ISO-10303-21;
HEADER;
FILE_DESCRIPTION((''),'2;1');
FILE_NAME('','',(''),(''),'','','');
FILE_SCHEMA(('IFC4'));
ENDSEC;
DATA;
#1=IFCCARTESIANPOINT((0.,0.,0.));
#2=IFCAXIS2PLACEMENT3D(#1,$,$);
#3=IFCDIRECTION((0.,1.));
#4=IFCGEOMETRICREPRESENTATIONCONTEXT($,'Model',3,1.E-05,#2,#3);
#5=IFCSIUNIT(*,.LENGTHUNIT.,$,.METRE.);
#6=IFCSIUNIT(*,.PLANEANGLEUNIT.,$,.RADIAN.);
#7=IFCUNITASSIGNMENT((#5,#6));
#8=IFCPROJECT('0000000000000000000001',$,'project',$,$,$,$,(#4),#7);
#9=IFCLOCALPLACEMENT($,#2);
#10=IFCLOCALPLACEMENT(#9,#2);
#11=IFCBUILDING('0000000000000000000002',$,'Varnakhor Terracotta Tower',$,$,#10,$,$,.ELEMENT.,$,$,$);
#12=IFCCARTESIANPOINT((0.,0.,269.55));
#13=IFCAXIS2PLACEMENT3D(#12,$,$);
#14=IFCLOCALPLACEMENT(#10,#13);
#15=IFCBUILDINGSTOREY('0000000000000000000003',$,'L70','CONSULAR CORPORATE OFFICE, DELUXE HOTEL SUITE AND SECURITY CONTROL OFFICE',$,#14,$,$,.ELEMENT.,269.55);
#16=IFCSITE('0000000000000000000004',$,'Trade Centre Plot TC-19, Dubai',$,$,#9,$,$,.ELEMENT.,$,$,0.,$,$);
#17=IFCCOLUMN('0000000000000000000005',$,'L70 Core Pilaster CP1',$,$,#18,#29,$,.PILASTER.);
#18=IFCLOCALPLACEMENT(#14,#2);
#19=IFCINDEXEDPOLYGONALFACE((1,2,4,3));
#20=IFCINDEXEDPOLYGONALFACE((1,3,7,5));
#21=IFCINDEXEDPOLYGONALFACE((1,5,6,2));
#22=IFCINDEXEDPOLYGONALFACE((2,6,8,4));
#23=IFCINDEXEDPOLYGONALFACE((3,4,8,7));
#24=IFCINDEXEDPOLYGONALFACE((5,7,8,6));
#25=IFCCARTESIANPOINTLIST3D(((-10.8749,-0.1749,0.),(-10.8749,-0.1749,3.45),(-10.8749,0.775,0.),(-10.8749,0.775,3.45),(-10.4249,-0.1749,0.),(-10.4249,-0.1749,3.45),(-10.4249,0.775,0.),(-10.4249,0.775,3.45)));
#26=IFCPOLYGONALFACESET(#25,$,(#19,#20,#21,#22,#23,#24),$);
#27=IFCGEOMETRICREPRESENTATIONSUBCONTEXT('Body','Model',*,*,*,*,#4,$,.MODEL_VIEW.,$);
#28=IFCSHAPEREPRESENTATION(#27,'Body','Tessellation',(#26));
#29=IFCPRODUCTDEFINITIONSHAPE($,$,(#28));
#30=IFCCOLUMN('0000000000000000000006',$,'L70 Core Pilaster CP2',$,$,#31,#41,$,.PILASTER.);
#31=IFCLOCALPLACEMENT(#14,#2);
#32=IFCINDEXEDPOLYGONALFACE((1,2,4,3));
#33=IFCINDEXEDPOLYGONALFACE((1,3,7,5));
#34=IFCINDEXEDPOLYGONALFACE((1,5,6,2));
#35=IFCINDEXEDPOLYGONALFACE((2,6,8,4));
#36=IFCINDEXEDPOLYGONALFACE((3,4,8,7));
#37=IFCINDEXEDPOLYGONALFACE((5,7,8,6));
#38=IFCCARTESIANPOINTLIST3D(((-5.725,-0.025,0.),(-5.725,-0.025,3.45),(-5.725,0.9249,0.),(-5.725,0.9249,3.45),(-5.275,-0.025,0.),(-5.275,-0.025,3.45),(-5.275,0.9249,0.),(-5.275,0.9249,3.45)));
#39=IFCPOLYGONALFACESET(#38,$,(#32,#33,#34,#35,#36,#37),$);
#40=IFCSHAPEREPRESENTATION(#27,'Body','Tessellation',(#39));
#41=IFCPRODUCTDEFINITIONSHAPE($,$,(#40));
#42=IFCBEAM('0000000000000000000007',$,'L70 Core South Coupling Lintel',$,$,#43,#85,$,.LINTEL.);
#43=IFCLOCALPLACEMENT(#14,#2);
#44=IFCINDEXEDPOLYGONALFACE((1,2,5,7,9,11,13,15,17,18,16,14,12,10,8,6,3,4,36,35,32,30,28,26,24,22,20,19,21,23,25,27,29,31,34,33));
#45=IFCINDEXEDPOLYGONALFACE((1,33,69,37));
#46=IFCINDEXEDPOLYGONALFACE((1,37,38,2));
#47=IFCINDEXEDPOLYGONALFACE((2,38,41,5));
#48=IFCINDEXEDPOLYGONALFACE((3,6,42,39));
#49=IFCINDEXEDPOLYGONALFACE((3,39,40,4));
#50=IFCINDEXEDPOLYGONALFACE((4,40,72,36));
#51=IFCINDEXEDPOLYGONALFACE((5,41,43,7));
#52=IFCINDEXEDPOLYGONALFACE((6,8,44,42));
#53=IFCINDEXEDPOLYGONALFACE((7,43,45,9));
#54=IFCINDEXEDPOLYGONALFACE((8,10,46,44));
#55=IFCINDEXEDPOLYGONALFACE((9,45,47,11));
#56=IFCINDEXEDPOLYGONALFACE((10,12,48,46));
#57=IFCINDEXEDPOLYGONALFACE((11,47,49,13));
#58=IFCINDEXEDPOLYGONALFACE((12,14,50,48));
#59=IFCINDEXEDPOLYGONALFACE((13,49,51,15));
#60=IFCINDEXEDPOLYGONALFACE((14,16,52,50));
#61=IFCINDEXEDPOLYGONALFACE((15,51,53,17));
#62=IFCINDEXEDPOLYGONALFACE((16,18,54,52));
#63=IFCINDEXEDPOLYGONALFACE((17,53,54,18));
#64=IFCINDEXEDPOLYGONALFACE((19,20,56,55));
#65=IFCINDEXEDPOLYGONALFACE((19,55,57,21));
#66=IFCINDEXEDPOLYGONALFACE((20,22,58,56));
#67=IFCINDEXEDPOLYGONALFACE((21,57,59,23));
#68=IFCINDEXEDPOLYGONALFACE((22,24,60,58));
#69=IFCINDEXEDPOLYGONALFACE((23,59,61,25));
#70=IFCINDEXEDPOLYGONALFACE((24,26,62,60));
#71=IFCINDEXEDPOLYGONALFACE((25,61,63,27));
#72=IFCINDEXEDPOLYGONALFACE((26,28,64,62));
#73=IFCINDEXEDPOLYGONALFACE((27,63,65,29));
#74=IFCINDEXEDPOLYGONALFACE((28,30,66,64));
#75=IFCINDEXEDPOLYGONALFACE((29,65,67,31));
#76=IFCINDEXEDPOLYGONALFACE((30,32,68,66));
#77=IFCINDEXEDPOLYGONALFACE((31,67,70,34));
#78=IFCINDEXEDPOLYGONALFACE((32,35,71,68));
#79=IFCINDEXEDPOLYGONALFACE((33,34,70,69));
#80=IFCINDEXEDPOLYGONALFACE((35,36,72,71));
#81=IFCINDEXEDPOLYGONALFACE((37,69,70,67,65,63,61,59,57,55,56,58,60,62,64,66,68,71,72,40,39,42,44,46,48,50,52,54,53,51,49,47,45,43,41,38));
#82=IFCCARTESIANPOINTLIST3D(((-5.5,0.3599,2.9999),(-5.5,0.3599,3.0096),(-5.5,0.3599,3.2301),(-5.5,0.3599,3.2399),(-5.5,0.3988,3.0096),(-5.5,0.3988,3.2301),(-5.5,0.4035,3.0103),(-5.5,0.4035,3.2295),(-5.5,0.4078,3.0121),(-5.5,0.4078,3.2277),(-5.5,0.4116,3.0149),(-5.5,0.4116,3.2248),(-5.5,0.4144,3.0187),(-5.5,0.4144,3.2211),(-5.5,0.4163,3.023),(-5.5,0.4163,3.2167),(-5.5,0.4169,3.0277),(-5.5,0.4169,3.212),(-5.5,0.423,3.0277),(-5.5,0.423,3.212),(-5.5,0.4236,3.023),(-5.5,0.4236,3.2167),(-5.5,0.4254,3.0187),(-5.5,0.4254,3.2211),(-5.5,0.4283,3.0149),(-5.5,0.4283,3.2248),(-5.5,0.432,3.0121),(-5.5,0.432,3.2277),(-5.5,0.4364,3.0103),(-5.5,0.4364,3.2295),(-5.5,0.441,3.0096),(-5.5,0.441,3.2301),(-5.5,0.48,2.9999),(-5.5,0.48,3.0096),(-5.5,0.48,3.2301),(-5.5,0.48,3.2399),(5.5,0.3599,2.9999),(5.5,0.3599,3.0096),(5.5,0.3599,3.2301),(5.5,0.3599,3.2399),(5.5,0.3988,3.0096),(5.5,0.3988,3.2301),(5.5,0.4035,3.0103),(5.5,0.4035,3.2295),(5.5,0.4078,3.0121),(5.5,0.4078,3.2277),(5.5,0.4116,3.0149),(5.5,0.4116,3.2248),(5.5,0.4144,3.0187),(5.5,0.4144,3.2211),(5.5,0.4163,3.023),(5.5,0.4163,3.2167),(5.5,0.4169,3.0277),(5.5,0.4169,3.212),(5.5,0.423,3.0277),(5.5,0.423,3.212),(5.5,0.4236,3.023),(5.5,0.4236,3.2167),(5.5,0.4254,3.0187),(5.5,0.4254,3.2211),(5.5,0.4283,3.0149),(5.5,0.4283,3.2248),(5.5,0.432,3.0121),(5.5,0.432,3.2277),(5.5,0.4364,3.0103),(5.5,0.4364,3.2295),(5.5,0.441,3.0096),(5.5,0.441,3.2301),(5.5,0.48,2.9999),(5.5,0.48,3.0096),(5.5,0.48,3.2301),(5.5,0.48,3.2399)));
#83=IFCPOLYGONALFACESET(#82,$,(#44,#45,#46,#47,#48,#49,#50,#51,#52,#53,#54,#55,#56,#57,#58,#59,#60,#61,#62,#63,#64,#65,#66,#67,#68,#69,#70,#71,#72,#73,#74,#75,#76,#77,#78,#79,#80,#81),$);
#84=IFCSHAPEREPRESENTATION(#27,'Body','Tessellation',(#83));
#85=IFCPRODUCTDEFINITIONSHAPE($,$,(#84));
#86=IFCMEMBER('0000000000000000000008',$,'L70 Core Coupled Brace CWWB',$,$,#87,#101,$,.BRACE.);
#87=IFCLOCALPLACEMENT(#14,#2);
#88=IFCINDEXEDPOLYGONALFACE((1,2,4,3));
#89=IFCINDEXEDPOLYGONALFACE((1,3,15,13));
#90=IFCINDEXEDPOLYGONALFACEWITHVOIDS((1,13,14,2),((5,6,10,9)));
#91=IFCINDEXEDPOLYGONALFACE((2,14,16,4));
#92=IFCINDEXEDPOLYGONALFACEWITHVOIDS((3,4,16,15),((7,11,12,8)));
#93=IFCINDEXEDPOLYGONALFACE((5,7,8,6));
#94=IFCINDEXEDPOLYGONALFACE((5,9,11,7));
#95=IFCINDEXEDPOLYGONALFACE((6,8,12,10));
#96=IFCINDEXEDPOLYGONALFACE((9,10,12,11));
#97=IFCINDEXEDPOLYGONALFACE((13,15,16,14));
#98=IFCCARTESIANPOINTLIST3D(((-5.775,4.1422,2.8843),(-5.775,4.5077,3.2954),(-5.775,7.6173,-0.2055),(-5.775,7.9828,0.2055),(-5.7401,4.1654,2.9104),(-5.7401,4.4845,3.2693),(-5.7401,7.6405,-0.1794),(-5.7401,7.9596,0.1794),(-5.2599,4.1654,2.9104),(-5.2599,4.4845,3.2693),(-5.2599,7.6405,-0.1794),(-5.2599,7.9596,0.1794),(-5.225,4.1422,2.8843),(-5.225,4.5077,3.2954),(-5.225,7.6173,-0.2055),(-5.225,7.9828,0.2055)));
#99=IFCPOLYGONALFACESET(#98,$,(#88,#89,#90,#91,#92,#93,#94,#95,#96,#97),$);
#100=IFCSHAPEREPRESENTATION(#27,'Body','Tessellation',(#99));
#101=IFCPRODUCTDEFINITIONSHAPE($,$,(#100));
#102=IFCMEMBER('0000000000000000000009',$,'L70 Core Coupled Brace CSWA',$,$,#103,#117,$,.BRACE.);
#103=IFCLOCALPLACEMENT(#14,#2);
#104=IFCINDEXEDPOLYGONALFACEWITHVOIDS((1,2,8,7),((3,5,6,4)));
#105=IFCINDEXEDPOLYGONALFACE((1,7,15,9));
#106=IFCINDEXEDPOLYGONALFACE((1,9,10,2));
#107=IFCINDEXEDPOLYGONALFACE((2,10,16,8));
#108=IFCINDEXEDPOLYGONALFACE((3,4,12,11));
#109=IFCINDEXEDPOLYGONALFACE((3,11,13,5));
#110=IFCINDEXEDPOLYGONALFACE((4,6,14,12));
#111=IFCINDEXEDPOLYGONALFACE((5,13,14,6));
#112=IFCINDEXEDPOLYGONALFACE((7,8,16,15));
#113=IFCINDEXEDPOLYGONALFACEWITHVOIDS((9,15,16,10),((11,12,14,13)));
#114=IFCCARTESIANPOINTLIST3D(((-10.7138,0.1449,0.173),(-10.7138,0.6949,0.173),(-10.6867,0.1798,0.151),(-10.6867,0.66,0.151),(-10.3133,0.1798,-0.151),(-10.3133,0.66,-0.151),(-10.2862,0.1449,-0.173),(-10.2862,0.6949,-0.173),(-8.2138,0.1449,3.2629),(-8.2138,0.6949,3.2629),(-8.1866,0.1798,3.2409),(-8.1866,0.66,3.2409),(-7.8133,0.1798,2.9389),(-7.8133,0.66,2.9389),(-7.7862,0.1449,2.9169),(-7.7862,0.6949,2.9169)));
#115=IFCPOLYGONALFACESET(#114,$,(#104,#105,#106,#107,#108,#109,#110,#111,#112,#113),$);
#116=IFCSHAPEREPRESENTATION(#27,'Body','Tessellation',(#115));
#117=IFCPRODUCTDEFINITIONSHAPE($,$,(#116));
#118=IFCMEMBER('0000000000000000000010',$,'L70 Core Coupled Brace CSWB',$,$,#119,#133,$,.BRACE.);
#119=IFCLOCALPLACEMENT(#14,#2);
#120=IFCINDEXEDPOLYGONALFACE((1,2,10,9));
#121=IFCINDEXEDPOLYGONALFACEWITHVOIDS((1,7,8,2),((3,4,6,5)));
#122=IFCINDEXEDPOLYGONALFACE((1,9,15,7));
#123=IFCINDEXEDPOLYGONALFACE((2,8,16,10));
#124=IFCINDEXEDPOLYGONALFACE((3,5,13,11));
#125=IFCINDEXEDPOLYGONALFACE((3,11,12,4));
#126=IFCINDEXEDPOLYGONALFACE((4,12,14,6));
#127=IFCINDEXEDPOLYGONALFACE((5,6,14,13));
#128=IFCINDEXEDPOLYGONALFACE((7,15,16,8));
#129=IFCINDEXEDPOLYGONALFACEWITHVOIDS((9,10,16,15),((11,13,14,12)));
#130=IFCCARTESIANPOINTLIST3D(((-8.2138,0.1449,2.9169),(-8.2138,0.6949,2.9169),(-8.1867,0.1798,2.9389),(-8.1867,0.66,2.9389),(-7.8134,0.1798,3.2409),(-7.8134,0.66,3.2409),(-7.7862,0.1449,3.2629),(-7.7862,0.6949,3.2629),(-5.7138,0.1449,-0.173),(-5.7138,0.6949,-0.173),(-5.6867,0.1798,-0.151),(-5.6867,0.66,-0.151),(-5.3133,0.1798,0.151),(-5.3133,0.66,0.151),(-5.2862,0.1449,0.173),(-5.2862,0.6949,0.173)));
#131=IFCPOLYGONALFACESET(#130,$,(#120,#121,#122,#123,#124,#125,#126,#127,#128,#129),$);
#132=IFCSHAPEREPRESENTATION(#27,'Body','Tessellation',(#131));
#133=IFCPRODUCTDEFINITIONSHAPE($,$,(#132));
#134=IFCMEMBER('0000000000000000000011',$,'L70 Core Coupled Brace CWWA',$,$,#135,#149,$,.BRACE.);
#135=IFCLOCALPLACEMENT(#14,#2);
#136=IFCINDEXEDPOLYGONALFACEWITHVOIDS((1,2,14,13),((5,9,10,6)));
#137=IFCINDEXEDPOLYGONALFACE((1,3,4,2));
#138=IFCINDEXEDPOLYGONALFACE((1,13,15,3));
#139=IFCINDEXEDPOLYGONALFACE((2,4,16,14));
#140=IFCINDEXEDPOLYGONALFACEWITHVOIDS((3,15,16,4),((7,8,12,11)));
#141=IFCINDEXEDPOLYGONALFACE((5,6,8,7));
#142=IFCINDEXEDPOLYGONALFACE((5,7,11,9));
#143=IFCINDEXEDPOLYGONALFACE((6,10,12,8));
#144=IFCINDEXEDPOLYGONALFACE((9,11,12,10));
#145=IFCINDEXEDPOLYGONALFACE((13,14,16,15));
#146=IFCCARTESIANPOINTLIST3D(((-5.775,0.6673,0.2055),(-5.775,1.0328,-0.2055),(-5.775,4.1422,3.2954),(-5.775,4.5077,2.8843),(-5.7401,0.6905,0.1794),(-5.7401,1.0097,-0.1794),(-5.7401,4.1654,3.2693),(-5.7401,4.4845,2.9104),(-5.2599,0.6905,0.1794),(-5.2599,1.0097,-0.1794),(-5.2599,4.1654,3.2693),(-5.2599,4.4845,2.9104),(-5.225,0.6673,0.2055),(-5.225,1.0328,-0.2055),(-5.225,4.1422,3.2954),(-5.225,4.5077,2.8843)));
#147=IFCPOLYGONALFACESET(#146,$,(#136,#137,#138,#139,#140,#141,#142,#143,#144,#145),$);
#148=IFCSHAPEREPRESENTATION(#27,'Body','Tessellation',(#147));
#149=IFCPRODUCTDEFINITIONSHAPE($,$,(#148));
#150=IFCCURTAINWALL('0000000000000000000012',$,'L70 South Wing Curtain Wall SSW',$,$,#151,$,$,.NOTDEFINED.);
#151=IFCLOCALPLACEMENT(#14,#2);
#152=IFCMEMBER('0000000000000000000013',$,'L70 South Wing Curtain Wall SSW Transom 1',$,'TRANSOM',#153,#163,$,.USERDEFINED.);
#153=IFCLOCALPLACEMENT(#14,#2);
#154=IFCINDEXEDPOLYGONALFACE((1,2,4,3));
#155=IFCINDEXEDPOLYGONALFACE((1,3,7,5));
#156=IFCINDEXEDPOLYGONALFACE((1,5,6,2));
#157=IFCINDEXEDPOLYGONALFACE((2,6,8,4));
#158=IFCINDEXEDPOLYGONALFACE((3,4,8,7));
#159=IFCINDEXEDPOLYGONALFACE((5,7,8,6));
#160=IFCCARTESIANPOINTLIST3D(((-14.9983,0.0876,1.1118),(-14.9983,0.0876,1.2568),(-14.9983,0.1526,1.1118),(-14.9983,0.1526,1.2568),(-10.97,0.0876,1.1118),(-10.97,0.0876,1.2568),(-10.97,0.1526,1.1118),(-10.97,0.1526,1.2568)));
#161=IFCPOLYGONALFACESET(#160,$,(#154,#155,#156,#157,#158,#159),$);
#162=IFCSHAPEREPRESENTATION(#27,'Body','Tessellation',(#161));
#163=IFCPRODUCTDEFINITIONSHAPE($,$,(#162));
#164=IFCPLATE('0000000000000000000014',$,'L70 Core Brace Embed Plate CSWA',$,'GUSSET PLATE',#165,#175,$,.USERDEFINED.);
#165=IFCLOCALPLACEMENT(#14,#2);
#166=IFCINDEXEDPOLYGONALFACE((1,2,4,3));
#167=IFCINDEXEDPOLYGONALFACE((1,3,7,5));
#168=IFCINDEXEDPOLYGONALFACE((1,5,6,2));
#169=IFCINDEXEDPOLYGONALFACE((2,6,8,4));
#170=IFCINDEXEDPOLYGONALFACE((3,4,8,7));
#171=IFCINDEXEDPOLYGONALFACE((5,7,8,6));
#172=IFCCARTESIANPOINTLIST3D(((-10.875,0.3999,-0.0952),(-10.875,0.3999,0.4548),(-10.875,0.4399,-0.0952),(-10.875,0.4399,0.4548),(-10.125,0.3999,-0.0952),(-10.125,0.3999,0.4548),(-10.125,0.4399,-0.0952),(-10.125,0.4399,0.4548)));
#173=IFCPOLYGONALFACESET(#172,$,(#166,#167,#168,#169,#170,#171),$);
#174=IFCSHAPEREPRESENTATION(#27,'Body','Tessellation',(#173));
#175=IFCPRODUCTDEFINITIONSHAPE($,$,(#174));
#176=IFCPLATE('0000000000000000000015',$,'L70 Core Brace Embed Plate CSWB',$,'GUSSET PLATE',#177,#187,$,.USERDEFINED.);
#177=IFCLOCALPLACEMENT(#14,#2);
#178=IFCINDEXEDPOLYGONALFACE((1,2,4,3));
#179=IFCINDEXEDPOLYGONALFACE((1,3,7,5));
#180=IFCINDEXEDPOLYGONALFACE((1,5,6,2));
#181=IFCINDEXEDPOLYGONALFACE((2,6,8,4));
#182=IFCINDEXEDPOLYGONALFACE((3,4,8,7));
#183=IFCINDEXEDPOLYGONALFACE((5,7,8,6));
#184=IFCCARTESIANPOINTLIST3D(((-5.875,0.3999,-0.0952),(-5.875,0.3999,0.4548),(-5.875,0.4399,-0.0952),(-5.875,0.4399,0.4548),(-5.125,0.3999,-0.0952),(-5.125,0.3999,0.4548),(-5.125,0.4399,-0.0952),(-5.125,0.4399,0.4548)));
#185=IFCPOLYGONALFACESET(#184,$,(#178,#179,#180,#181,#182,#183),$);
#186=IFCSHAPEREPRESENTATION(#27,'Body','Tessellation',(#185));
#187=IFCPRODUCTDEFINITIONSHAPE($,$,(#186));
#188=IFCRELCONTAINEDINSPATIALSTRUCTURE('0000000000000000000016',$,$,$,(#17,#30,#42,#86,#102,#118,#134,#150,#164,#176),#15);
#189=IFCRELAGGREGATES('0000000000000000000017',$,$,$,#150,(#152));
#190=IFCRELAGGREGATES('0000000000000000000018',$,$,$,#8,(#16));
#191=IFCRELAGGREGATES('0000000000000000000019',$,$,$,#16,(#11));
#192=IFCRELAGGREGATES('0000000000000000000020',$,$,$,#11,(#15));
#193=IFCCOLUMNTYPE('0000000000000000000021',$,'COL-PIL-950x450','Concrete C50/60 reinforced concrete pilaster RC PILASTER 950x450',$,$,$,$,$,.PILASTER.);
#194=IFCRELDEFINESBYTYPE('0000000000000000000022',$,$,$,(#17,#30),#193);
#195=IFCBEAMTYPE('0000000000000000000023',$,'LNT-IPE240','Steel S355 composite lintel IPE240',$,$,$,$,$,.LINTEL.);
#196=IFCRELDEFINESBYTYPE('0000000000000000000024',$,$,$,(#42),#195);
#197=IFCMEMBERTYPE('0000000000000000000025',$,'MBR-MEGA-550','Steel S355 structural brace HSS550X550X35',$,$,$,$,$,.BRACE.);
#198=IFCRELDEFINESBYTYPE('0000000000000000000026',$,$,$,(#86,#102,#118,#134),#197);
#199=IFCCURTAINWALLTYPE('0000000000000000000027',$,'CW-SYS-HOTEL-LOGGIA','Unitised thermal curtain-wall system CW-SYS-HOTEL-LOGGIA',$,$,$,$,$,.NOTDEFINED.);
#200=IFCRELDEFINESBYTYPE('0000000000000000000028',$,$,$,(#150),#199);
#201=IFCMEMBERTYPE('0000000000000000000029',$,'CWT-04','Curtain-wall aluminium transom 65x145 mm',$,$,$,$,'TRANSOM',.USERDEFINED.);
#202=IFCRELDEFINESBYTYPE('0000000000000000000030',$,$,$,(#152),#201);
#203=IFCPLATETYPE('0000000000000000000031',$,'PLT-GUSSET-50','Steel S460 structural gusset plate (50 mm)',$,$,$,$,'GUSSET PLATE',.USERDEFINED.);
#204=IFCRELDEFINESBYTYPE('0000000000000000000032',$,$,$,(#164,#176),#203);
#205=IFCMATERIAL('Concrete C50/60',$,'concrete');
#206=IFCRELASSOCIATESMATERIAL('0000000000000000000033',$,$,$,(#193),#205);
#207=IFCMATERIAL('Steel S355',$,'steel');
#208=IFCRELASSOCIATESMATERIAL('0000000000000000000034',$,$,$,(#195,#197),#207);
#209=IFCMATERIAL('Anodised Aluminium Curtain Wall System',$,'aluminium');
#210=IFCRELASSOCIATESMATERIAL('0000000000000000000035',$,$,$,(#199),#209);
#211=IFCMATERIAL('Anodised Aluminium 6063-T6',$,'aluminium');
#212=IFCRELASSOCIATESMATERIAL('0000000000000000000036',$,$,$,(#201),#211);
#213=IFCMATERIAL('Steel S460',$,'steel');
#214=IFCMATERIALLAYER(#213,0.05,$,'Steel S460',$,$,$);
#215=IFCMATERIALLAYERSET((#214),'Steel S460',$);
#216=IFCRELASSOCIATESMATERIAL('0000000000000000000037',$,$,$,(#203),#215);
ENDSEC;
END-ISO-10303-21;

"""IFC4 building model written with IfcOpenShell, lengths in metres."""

from ifc_helpers import new_model, si_unit, direction, frame, origin, origin_2d, place, context, subcontext, project, spatial, rectangle, hollow_rectangle, i_section, extrude, source, transform, mapped, material, layer, layer_set, material_profile, profile_set, type_object, type_shapes, element, aggregate, save


model = new_model("IFC4")

# Units and contexts
model_context = context("Model", 3, precision=1e-05, world=origin(), true_north=direction((0.0, 1.0)))
body_context = subcontext(model_context, "Body", "Model", "MODEL_VIEW")
ifc_project = project(units=[si_unit("LENGTHUNIT", "METRE"), si_unit("PLANEANGLEUNIT", "RADIAN")], contexts=[model_context])

# Site, building, storey
site_placement = place(None, origin())
site = spatial("IfcSite", under=ifc_project, at=site_placement, Name="Trade Centre Plot TC-19, Dubai", CompositionType="ELEMENT", RefElevation=0.0)
building_placement = place(site_placement, origin())
building = spatial("IfcBuilding", under=site, at=building_placement, Name="Varnakhor Terracotta Tower", CompositionType="ELEMENT")
storey_placement = place(building_placement, frame((0.0, 0.0, 269.55)))
storey = spatial("IfcBuildingStorey", under=building, at=storey_placement, Name="L70", Description="CONSULAR CORPORATE OFFICE, DELUXE HOTEL SUITE AND SECURITY CONTROL OFFICE", CompositionType="ELEMENT", Elevation=269.55)

# Columns
ifc_material_1 = material(Name="Concrete C50/60", Category="concrete")
ifc_material_profile_1 = material_profile(ifc_material_1, rectangle(XDim=0.45, YDim=0.95, at=origin_2d()), Name="RC PILASTER 950x450")
ifc_profile_set_1 = profile_set([ifc_material_profile_1], Name="Concrete C50/60")
column_type = type_object("IfcColumnType", Name="COL-PIL-950x450", Description="Concrete C50/60 reinforced concrete pilaster RC PILASTER 950x450", PredefinedType="PILASTER", material=ifc_profile_set_1)
shared_shape_1 = source(origin(), body_context, "Body", "SweptSolid", [
    extrude(rectangle(XDim=0.45, YDim=0.95, at=origin_2d()), origin(), (0.0, 0.0, 1.0), 3.45),
])
for number, where, z_axis, x_axis, name in (
    (1, (-10.6499, 0.3, 0.0), (0.0, 0.0, 1.0), (1.0, 0.0, 0.0), "L70 Core Pilaster CP1"),
    (2, (-5.5, 0.45, 0.0), (0.0, 0.0, 1.0), (1.0, 0.0, 0.0), "L70 Core Pilaster CP2"),
):
    element("IfcColumn", number, at=place(storey_placement, frame(where, z_axis=z_axis, x_axis=x_axis)), inside=storey, type_object=column_type, Name=name, PredefinedType="PILASTER", context=body_context, shape_type="MappedRepresentation", body=[
        mapped(shared_shape_1, transform((0.0, 0.0, 0.0), scale=1.0)),
    ])

# Beam
ifc_material_2 = material(Name="Steel S355", Category="steel")
ifc_material_profile_2 = material_profile(ifc_material_2, i_section(OverallWidth=0.1201, OverallDepth=0.24, WebThickness=0.0061, FlangeThickness=0.0098, FilletRadius=0.0181, at=origin_2d()), Name="IPE240")
ifc_profile_set_2 = profile_set([ifc_material_profile_2], Name="Steel S355")
beam_type = type_object("IfcBeamType", Name="LNT-IPE240", Description="Steel S355 composite lintel IPE240", PredefinedType="LINTEL", material=ifc_profile_set_2)
shared_shape_2 = source(origin(), body_context, "Body", "SweptSolid", [
    extrude(i_section(OverallWidth=0.1201, OverallDepth=0.24, WebThickness=0.0061, FlangeThickness=0.0098, FilletRadius=0.0181, at=origin_2d()), origin(), (0.0, 0.0, 1.0), 11.0),
])
type_shapes(beam_type, [shared_shape_2])
beam_placement = place(storey_placement, frame((-5.5, 0.4199, 3.1199), z_axis=(1.0, 0.0, 0.0), x_axis=(0.0, 1.0, 0.0)))
element("IfcBeam", 3, at=beam_placement, inside=storey, type_object=beam_type, Name="L70 Core South Coupling Lintel", PredefinedType="LINTEL", context=body_context, shape_type="MappedRepresentation", body=[
    mapped(shared_shape_2, transform((0.0, 0.0, 0.0), scale=1.0)),
])

# Members
ifc_material_profile_3 = material_profile(ifc_material_2, hollow_rectangle(XDim=0.55, YDim=0.55, WallThickness=0.0349, at=origin_2d()), Name="HSS550X550X35")
ifc_profile_set_3 = profile_set([ifc_material_profile_3], Name="Steel S355")
member_type_1 = type_object("IfcMemberType", Name="MBR-MEGA-550", Description="Steel S355 structural brace HSS550X550X35", PredefinedType="BRACE", material=ifc_profile_set_3)
shared_shape_3 = source(origin(), body_context, "Body", "SweptSolid", [
    extrude(hollow_rectangle(XDim=0.55, YDim=0.55, WallThickness=0.0349, at=origin_2d()), origin(), (0.0, 0.0, 1.0), 4.6501),
])
member_1_placement = place(storey_placement, frame((-5.5, 7.8, 0.0), z_axis=(0.0, -0.747317, 0.664468), x_axis=(1.0, 0.0, 0.0)))
element("IfcMember", 4, at=member_1_placement, inside=storey, type_object=member_type_1, Name="L70 Core Coupled Brace CWWB", PredefinedType="BRACE", context=body_context, shape_type="MappedRepresentation", body=[
    mapped(shared_shape_3, transform((0.0, 0.0, 0.0), scale=1.0)),
])
shared_shape_4 = source(origin(), body_context, "Body", "SweptSolid", [
    extrude(hollow_rectangle(XDim=0.55, YDim=0.55, WallThickness=0.0349, at=origin_2d()), origin(), (0.0, 0.0, 1.0), 3.9746),
])
for number, where, z_axis, x_axis, name in (
    (5, (-10.5, 0.4199, 0.0), (0.629, 0.0, 0.777405), (0.0, 1.0, 0.0), "L70 Core Coupled Brace CSWA"),
    (6, (-5.5, 0.4199, 0.0), (-0.629, 0.0, 0.777405), (0.0, -1.0, 0.0), "L70 Core Coupled Brace CSWB"),
):
    element("IfcMember", number, at=place(storey_placement, frame(where, z_axis=z_axis, x_axis=x_axis)), inside=storey, type_object=member_type_1, Name=name, PredefinedType="BRACE", context=body_context, shape_type="MappedRepresentation", body=[
        mapped(shared_shape_4, transform((0.0, 0.0, 0.0), scale=1.0)),
    ])
shared_shape_5 = source(origin(), body_context, "Body", "SweptSolid", [
    extrude(hollow_rectangle(XDim=0.55, YDim=0.55, WallThickness=0.0349, at=origin_2d()), origin(), (0.0, 0.0, 1.0), 4.6499),
])
member_2_placement = place(storey_placement, frame((-5.5, 0.8501, 0.0), z_axis=(0.0, 0.747293, 0.664494), x_axis=(-1.0, 0.0, 0.0)))
element("IfcMember", 7, at=member_2_placement, inside=storey, type_object=member_type_1, Name="L70 Core Coupled Brace CWWA", PredefinedType="BRACE", context=body_context, shape_type="MappedRepresentation", body=[
    mapped(shared_shape_5, transform((0.0, 0.0, 0.0), scale=1.0)),
])

# Curtain wall, member
ifc_material_3 = material(Name="Anodised Aluminium Curtain Wall System", Category="aluminium")
curtain_wall_type = type_object("IfcCurtainWallType", Name="CW-SYS-HOTEL-LOGGIA", Description="Unitised thermal curtain-wall system CW-SYS-HOTEL-LOGGIA", PredefinedType="NOTDEFINED", material=ifc_material_3)
curtain_wall_placement = place(storey_placement, origin())
curtain_wall = element("IfcCurtainWall", 8, at=curtain_wall_placement, inside=storey, type_object=curtain_wall_type, Name="L70 South Wing Curtain Wall SSW", PredefinedType="NOTDEFINED")
ifc_material_4 = material(Name="Anodised Aluminium 6063-T6", Category="aluminium")
ifc_material_profile_4 = material_profile(ifc_material_4, rectangle(XDim=0.0649, YDim=0.145, at=origin_2d()), Name="ALU TRANSOM 65x145")
ifc_profile_set_4 = profile_set([ifc_material_profile_4], Name="Anodised Aluminium 6063-T6")
member_type_2 = type_object("IfcMemberType", Name="CWT-04", Description="Curtain-wall aluminium transom 65x145 mm", ElementType="TRANSOM", PredefinedType="USERDEFINED", material=ifc_profile_set_4)
shared_shape_6 = source(origin(), body_context, "Body", "SweptSolid", [
    extrude(rectangle(XDim=0.0649, YDim=0.145, at=origin_2d()), origin(), (0.0, 0.0, 1.0), 4.0283),
])
member_3_placement = place(storey_placement, frame((-10.97, 0.1201, 1.1843), z_axis=(-1.0, 0.0, 0.0), x_axis=(0.0, -1.0, 0.0)))
member_3 = element("IfcMember", 9, at=member_3_placement, type_object=member_type_2, Name="L70 South Wing Curtain Wall SSW Transom 1", ObjectType="TRANSOM", PredefinedType="USERDEFINED", context=body_context, shape_type="MappedRepresentation", body=[
    mapped(shared_shape_6, transform((0.0, 0.0, 0.0), scale=1.0)),
])
aggregate(curtain_wall, [member_3])

# Plates
ifc_material_5 = material(Name="Steel S460", Category="steel")
ifc_layer_1 = layer(ifc_material_5, 0.05, Name="Steel S460")
ifc_layer_set_1 = layer_set([ifc_layer_1], Name="Steel S460")
plate_type = type_object("IfcPlateType", Name="PLT-GUSSET-50", Description="Steel S460 structural gusset plate (50 mm)", ElementType="GUSSET PLATE", PredefinedType="USERDEFINED", material=ifc_layer_set_1)
shared_shape_7 = source(origin(), body_context, "Body", "SweptSolid", [
    extrude(rectangle(XDim=0.75, YDim=0.04, at=origin_2d()), origin(), (0.0, 0.0, 1.0), 0.55),
])
type_shapes(plate_type, [shared_shape_7])
for number, where, z_axis, x_axis, name in (
    (10, (-10.5, 0.4199, -0.0952), (0.0, 0.0, 1.0), (1.0, 0.0, 0.0), "L70 Core Brace Embed Plate CSWA"),
    (11, (-5.5, 0.4199, -0.0952), (0.0, 0.0, 1.0), (1.0, 0.0, 0.0), "L70 Core Brace Embed Plate CSWB"),
):
    element("IfcPlate", number, at=place(storey_placement, frame(where, z_axis=z_axis, x_axis=x_axis)), inside=storey, type_object=plate_type, Name=name, ObjectType="GUSSET PLATE", PredefinedType="USERDEFINED", context=body_context, shape_type="MappedRepresentation", body=[
        mapped(shared_shape_7, transform((0.0, 0.0, 0.0), scale=1.0)),
    ])

save(model, "model.ifc")
